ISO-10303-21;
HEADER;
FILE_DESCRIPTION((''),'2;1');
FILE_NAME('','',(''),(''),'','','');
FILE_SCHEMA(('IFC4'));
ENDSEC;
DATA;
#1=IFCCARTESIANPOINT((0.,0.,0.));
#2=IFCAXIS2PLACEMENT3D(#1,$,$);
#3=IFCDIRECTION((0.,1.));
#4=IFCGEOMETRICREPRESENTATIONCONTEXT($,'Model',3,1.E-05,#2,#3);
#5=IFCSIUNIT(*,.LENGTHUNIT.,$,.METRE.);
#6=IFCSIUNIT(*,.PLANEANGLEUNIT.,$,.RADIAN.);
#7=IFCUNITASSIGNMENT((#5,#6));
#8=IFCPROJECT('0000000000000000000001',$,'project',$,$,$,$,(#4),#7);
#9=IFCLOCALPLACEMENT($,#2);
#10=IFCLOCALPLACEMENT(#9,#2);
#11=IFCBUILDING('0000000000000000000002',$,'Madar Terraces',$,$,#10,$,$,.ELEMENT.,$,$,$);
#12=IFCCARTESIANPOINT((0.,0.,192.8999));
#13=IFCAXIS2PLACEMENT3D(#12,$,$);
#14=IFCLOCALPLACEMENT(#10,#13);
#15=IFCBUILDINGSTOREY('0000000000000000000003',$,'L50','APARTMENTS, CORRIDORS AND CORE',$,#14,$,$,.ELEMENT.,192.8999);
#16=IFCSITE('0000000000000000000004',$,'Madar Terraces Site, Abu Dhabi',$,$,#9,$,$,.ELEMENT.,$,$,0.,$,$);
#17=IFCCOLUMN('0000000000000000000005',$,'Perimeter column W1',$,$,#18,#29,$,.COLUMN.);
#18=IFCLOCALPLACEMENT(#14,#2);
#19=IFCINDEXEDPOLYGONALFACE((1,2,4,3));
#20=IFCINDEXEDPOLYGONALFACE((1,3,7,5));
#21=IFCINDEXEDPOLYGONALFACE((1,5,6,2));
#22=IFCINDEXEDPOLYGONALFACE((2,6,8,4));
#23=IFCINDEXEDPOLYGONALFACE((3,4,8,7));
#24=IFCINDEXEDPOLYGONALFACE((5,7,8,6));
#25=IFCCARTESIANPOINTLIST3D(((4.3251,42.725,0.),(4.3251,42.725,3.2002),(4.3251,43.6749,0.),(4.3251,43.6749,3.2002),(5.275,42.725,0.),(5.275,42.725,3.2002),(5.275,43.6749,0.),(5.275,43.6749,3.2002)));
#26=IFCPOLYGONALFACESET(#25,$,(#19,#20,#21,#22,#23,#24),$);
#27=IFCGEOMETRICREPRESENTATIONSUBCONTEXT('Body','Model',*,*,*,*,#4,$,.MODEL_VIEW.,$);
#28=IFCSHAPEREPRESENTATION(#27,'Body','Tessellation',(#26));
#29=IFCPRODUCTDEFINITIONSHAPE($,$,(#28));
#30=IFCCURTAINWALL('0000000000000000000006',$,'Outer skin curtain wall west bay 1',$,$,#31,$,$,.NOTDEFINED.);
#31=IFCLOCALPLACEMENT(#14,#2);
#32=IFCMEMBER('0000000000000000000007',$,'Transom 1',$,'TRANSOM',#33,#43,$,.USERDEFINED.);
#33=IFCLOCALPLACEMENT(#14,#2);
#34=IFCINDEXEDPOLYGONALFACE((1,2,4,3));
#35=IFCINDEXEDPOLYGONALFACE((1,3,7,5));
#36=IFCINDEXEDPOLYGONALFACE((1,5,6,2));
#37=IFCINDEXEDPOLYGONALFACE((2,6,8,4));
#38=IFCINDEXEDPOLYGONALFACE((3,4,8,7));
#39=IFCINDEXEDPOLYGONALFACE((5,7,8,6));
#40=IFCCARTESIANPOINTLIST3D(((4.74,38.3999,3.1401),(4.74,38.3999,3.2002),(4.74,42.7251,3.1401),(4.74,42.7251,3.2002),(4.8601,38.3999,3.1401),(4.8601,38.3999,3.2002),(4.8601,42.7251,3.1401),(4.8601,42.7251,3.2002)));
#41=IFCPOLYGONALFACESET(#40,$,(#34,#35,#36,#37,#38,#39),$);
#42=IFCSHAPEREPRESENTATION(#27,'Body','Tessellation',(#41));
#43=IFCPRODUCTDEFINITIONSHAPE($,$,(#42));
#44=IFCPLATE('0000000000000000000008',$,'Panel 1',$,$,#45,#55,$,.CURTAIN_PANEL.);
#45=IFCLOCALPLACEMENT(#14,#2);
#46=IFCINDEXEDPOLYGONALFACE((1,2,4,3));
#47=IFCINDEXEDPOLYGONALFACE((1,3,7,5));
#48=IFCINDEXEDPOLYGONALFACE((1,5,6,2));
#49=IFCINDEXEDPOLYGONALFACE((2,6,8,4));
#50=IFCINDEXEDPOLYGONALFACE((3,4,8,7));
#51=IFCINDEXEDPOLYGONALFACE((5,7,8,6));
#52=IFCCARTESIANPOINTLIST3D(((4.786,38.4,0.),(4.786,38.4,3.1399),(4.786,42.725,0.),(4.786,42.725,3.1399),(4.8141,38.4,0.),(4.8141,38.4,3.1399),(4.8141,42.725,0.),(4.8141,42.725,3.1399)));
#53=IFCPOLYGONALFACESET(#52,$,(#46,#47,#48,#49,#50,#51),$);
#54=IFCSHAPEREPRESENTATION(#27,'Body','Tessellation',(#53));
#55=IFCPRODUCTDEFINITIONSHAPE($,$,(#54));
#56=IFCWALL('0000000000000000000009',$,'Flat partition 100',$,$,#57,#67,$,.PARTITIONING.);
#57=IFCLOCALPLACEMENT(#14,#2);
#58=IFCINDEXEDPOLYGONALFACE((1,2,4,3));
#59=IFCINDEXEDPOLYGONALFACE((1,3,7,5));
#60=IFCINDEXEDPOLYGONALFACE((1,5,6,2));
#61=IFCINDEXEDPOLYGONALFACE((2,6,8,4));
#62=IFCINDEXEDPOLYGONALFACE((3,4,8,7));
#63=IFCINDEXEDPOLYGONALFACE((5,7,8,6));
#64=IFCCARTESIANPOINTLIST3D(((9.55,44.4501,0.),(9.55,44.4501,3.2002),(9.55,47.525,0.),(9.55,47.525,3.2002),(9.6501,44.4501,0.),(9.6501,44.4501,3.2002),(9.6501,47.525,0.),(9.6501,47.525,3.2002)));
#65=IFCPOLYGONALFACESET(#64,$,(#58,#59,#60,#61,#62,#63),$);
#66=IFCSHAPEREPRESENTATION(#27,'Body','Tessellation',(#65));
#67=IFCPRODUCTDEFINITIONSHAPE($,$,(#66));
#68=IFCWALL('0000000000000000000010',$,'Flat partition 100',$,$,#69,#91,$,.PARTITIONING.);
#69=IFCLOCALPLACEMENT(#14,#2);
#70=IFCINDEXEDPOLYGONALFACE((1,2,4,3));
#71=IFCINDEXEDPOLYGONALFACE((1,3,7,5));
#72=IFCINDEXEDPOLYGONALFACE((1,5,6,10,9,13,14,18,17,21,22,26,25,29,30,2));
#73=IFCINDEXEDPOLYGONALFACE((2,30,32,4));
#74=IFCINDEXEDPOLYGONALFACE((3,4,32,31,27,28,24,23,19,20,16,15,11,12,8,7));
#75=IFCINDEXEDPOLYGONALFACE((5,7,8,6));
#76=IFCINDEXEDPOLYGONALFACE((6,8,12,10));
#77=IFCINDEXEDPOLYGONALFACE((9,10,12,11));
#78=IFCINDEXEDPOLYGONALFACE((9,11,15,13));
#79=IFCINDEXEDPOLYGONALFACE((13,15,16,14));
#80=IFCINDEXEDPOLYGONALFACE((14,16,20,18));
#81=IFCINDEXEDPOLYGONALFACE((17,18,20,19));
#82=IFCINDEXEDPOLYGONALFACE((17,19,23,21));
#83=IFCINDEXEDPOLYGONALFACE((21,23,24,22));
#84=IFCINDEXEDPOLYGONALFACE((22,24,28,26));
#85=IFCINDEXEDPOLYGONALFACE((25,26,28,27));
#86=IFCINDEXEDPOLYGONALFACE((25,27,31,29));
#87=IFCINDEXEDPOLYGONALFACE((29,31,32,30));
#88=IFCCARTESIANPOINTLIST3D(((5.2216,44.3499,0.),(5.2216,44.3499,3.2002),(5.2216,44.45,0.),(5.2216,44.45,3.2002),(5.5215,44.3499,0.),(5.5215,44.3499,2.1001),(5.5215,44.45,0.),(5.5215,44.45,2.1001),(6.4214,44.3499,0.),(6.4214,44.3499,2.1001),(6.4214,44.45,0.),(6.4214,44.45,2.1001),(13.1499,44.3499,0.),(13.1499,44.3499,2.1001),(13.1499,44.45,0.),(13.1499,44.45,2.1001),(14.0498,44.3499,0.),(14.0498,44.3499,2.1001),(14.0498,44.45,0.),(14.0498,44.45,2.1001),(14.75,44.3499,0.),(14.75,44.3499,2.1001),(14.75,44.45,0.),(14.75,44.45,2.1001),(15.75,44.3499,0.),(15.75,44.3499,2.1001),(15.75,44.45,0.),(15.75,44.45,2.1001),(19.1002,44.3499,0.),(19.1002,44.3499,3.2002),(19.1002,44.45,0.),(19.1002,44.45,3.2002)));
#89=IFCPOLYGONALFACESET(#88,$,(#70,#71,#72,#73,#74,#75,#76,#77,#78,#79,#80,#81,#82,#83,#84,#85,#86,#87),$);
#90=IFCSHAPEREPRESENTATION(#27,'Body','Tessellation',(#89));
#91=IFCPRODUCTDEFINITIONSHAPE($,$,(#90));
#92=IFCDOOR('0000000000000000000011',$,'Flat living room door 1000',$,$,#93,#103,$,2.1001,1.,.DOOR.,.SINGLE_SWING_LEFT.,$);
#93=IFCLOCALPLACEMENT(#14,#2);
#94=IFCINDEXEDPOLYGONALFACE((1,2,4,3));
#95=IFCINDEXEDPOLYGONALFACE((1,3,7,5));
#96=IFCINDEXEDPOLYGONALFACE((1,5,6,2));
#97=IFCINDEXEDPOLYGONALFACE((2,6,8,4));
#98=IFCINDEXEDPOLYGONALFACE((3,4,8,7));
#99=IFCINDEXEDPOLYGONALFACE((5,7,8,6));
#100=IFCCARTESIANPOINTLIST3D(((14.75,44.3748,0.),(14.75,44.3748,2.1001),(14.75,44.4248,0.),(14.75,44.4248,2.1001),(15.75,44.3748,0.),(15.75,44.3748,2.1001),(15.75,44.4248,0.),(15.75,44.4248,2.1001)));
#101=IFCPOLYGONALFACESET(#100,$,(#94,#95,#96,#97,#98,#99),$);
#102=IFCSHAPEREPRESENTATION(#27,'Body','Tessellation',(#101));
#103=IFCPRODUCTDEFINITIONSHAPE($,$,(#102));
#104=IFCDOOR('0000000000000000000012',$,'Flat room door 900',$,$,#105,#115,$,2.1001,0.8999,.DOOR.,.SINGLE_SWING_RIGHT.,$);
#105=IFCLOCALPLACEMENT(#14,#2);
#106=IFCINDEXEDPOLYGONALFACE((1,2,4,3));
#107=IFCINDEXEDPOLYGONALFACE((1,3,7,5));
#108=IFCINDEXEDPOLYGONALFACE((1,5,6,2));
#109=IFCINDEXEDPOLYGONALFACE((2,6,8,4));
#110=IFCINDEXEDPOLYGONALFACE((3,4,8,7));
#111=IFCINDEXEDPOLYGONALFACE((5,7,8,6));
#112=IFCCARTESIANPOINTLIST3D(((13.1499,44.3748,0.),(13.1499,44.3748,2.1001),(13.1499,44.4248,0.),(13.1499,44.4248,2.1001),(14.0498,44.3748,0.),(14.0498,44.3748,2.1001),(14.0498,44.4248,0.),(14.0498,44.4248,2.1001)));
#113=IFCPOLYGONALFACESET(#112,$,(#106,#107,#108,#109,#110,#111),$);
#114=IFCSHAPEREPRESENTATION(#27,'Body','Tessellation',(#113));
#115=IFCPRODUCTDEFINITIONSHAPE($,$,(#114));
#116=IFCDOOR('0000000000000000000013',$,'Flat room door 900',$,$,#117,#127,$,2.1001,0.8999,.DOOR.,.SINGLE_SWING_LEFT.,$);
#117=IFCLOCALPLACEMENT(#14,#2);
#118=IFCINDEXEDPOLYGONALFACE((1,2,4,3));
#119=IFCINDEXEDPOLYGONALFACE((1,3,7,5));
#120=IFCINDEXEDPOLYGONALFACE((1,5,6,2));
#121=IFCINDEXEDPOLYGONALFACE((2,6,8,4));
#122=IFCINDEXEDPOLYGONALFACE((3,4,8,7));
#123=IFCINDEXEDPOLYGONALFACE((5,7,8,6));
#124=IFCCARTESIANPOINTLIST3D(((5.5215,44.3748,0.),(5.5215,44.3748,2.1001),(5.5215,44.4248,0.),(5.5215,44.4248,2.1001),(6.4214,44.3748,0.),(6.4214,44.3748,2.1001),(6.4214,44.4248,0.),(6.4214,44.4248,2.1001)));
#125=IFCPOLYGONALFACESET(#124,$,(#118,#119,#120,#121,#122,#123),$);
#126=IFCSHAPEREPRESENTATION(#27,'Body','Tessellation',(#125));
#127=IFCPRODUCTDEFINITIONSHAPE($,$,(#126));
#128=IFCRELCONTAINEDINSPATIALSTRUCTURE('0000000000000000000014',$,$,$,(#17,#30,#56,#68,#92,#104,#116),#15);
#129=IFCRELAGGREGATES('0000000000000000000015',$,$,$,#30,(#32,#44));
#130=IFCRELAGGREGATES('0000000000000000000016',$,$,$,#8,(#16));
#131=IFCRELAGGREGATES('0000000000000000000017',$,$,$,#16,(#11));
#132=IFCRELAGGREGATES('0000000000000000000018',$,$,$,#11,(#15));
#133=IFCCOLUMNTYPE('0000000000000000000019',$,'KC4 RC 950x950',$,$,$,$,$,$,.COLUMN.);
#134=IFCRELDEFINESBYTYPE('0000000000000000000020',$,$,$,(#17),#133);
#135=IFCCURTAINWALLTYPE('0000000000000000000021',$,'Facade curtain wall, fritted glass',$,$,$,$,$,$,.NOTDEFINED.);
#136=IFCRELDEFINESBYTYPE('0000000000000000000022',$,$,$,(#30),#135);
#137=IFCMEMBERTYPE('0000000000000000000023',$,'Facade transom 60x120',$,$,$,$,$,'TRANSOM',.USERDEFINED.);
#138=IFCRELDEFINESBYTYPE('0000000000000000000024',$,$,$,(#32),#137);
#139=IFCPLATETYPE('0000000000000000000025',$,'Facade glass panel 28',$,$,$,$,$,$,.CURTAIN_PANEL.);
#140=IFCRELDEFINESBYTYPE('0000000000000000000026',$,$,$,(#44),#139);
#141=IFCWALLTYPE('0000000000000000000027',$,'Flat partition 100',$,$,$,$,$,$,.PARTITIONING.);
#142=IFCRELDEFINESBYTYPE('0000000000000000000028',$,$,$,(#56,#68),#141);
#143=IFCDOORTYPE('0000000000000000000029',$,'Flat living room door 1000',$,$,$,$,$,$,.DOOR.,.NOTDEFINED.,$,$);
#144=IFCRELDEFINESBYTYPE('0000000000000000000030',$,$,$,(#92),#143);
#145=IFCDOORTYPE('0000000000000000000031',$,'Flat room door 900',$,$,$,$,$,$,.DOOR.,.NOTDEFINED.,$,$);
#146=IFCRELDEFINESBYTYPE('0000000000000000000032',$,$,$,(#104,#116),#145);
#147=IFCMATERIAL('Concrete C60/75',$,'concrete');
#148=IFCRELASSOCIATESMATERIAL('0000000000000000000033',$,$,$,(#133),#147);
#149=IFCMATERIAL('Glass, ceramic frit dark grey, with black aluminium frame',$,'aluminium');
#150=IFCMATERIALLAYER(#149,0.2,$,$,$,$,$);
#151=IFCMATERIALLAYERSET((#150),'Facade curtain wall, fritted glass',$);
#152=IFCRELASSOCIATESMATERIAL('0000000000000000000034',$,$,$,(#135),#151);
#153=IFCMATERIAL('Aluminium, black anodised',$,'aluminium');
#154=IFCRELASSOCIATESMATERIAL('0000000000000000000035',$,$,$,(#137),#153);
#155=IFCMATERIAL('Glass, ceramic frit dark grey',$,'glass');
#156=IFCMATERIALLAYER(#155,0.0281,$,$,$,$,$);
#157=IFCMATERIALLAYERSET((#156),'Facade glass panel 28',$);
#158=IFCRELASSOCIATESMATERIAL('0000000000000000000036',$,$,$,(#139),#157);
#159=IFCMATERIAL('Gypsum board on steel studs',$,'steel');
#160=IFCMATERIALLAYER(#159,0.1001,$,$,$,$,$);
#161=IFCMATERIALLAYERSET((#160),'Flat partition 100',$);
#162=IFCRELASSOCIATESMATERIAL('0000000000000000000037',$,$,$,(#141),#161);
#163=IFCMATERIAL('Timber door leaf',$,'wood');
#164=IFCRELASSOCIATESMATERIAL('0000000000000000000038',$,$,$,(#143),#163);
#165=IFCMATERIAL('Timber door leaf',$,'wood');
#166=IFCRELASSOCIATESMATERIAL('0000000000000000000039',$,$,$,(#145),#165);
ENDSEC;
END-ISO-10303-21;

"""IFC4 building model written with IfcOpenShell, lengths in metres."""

from ifc_helpers import new_model, si_unit, direction, frame, frame_2d, origin, origin_2d, place, context, subcontext, project, spatial, rectangle, extrude, material, layer, layer_set, material_profile, profile_set, type_object, element, fill, aggregate, save


model = new_model("IFC4")

# Units and contexts
model_context = context("Model", 3, precision=1e-05, world=origin(), true_north=direction((0.0, 1.0)))
body_context = subcontext(model_context, "Body", "Model", "MODEL_VIEW")
ifc_project = project(units=[si_unit("LENGTHUNIT", "METRE"), si_unit("PLANEANGLEUNIT", "RADIAN")], contexts=[model_context])

# Site, building, storey
site_placement = place(None, origin())
site = spatial("IfcSite", under=ifc_project, at=site_placement, Name="Madar Terraces Site, Abu Dhabi", CompositionType="ELEMENT", RefElevation=0.0)
building_placement = place(site_placement, origin())
building = spatial("IfcBuilding", under=site, at=building_placement, Name="Madar Terraces", CompositionType="ELEMENT")
storey_placement = place(building_placement, frame((0.0, 0.0, 192.8999)))
storey = spatial("IfcBuildingStorey", under=building, at=storey_placement, Name="L50", Description="APARTMENTS, CORRIDORS AND CORE", CompositionType="ELEMENT", Elevation=192.8999)

# Column
ifc_material_1 = material(Name="Concrete C60/75", Category="concrete")
ifc_material_profile_1 = material_profile(ifc_material_1, rectangle(XDim=0.95, YDim=0.95, at=origin_2d()), Name="KC4 RC 950x950")
ifc_profile_set_1 = profile_set([ifc_material_profile_1], Name="Concrete C60/75")
column_type = type_object("IfcColumnType", Name="KC4 RC 950x950", PredefinedType="COLUMN", material=ifc_profile_set_1)
column_placement = place(storey_placement, frame((4.8, 43.2, 0.0), z_axis=(0.0, 0.0, 1.0), x_axis=(1.0, 0.0, 0.0)))
element("IfcColumn", 1, at=column_placement, inside=storey, type_object=column_type, Name="Perimeter column W1", PredefinedType="COLUMN", context=body_context, shape_type="SweptSolid", body=[
    extrude(rectangle(XDim=0.95, YDim=0.95, at=origin_2d()), origin(), (0.0, 0.0, 1.0), 3.2002),
])

# Curtain wall, member, plate
ifc_material_2 = material(Name="Glass, ceramic frit dark grey, with black aluminium frame", Category="aluminium")
ifc_layer_1 = layer(ifc_material_2, 0.2)
ifc_layer_set_1 = layer_set([ifc_layer_1], Name="Facade curtain wall, fritted glass")
curtain_wall_type = type_object("IfcCurtainWallType", Name="Facade curtain wall, fritted glass", PredefinedType="NOTDEFINED", material=ifc_layer_set_1)
curtain_wall_placement = place(storey_placement, origin())
curtain_wall = element("IfcCurtainWall", 2, at=curtain_wall_placement, inside=storey, type_object=curtain_wall_type, Name="Outer skin curtain wall west bay 1", PredefinedType="NOTDEFINED")
ifc_material_3 = material(Name="Aluminium, black anodised", Category="aluminium")
ifc_material_profile_2 = material_profile(ifc_material_3, rectangle(XDim=0.1201, YDim=0.0601, at=origin_2d()), Name="Facade transom 60x120")
ifc_profile_set_2 = profile_set([ifc_material_profile_2], Name="Aluminium, black anodised")
member_type = type_object("IfcMemberType", Name="Facade transom 60x120", ElementType="TRANSOM", PredefinedType="USERDEFINED", material=ifc_profile_set_2)
member_placement = place(storey_placement, frame((4.8, 42.7251, 3.1702), z_axis=(0.0, -1.0, 0.0), x_axis=(1.0, 0.0, 0.0)))
member = element("IfcMember", 3, at=member_placement, type_object=member_type, Name="Transom 1", ObjectType="TRANSOM", PredefinedType="USERDEFINED", context=body_context, shape_type="SweptSolid", body=[
    extrude(rectangle(XDim=0.1201, YDim=0.0601, at=origin_2d()), origin(), (0.0, 0.0, 1.0), 4.3252),
])
ifc_material_4 = material(Name="Glass, ceramic frit dark grey", Category="glass")
ifc_layer_2 = layer(ifc_material_4, 0.0281)
ifc_layer_set_2 = layer_set([ifc_layer_2], Name="Facade glass panel 28")
plate_type = type_object("IfcPlateType", Name="Facade glass panel 28", PredefinedType="CURTAIN_PANEL", material=ifc_layer_set_2)
plate_placement = place(storey_placement, frame((4.8, 40.5625, 0.0), z_axis=(0.0, 0.0, 1.0), x_axis=(0.0, -1.0, 0.0)))
plate = element("IfcPlate", 4, at=plate_placement, type_object=plate_type, Name="Panel 1", PredefinedType="CURTAIN_PANEL", context=body_context, shape_type="SweptSolid", body=[
    extrude(rectangle(XDim=4.325, YDim=0.0281, at=origin_2d()), origin(), (0.0, 0.0, 1.0), 3.1399),
])
aggregate(curtain_wall, [member, plate])

# Wall
ifc_material_5 = material(Name="Gypsum board on steel studs", Category="steel")
ifc_layer_3 = layer(ifc_material_5, 0.1001)
ifc_layer_set_3 = layer_set([ifc_layer_3], Name="Flat partition 100")
wall_type_1 = type_object("IfcWallType", Name="Flat partition 100", PredefinedType="PARTITIONING", material=ifc_layer_set_3)
wall_1_placement = place(storey_placement, frame((9.6001, 44.45, 0.0), z_axis=(0.0, 0.0, 1.0), x_axis=(0.0, 1.0, 0.0)))
element("IfcWall", 5, at=wall_1_placement, inside=storey, type_object=wall_type_1, Name="Flat partition 100", PredefinedType="PARTITIONING", context=body_context, shape_type="SweptSolid", body=[
    extrude(rectangle(XDim=3.075, YDim=0.1001, at=frame_2d((1.5376, 0.0))), origin(), (0.0, 0.0, 1.0), 3.2002),
])

# Wall, openings, doors
wall_2_placement = place(storey_placement, frame((5.2214, 44.3999, 0.0), z_axis=(0.0, 0.0, 1.0), x_axis=(1.0, 0.0, 0.0)))
wall_2 = element("IfcWall", 6, at=wall_2_placement, inside=storey, type_object=wall_type_1, Name="Flat partition 100", PredefinedType="PARTITIONING", context=body_context, shape_type="SweptSolid", body=[
    extrude(rectangle(XDim=13.8787, YDim=0.1001, at=frame_2d((6.9395, 0.0))), origin(), (0.0, 0.0, 1.0), 3.2002),
])
opening_1_placement = place(wall_2_placement, frame((9.5286, 0.0, 0.0)))
opening_1 = element("IfcOpeningElement", 7, at=opening_1_placement, cuts=wall_2, PredefinedType="OPENING", context=body_context, shape_type="SweptSolid", body=[
    extrude(rectangle(XDim=1.0, YDim=2.1001, at=frame_2d((0.5, 1.05))), frame((0.0, 0.0601, 0.0), z_axis=(0.0, -1.0, 0.0), x_axis=(1.0, 0.0, 0.0)), (0.0, 0.0, 1.0), 0.1201),
])
opening_2_placement = place(wall_2_placement, frame((7.9285, 0.0, 0.0)))
opening_2 = element("IfcOpeningElement", 8, at=opening_2_placement, cuts=wall_2, PredefinedType="OPENING", context=body_context, shape_type="SweptSolid", body=[
    extrude(rectangle(XDim=0.8999, YDim=2.1001, at=frame_2d((0.45, 1.05))), frame((0.0, 0.0601, 0.0), z_axis=(0.0, -1.0, 0.0), x_axis=(1.0, 0.0, 0.0)), (0.0, 0.0, 1.0), 0.1201),
])
opening_3_placement = place(wall_2_placement, frame((0.3, 0.0, 0.0)))
opening_3 = element("IfcOpeningElement", 9, at=opening_3_placement, cuts=wall_2, PredefinedType="OPENING", context=body_context, shape_type="SweptSolid", body=[
    extrude(rectangle(XDim=0.8999, YDim=2.1001, at=frame_2d((0.45, 1.05))), frame((0.0, 0.0601, 0.0), z_axis=(0.0, -1.0, 0.0), x_axis=(1.0, 0.0, 0.0)), (0.0, 0.0, 1.0), 0.1201),
])
ifc_material_6 = material(Name="Timber door leaf", Category="wood")
door_type_1 = type_object("IfcDoorType", Name="Flat living room door 1000", OperationType="NOTDEFINED", PredefinedType="DOOR", material=ifc_material_6)
door_1_placement = place(opening_1_placement, origin())
door_1 = element("IfcDoor", 10, at=door_1_placement, inside=storey, type_object=door_type_1, Name="Flat living room door 1000", OperationType="SINGLE_SWING_LEFT", OverallHeight=2.1001, OverallWidth=1.0, PredefinedType="DOOR", context=body_context, shape_type="SweptSolid", body=[
    extrude(rectangle(XDim=1.0, YDim=2.1001, at=frame_2d((0.5, 1.05))), frame((0.0, 0.0249, 0.0), z_axis=(0.0, -1.0, 0.0), x_axis=(1.0, 0.0, 0.0)), (0.0, 0.0, 1.0), 0.05),
])
fill(opening_1, door_1)
ifc_material_7 = material(Name="Timber door leaf", Category="wood")
door_type_2 = type_object("IfcDoorType", Name="Flat room door 900", OperationType="NOTDEFINED", PredefinedType="DOOR", material=ifc_material_7)
door_2_placement = place(opening_2_placement, origin())
door_2 = element("IfcDoor", 11, at=door_2_placement, inside=storey, type_object=door_type_2, Name="Flat room door 900", OperationType="SINGLE_SWING_RIGHT", OverallHeight=2.1001, OverallWidth=0.8999, PredefinedType="DOOR", context=body_context, shape_type="SweptSolid", body=[
    extrude(rectangle(XDim=0.8999, YDim=2.1001, at=frame_2d((0.45, 1.05))), frame((0.0, 0.0249, 0.0), z_axis=(0.0, -1.0, 0.0), x_axis=(1.0, 0.0, 0.0)), (0.0, 0.0, 1.0), 0.05),
])
fill(opening_2, door_2)
door_3_placement = place(opening_3_placement, origin())
door_3 = element("IfcDoor", 12, at=door_3_placement, inside=storey, type_object=door_type_2, Name="Flat room door 900", OperationType="SINGLE_SWING_LEFT", OverallHeight=2.1001, OverallWidth=0.8999, PredefinedType="DOOR", context=body_context, shape_type="SweptSolid", body=[
    extrude(rectangle(XDim=0.8999, YDim=2.1001, at=frame_2d((0.45, 1.05))), frame((0.0, 0.0249, 0.0), z_axis=(0.0, -1.0, 0.0), x_axis=(1.0, 0.0, 0.0)), (0.0, 0.0, 1.0), 0.05),
])
fill(opening_3, door_3)

save(model, "model.ifc")
